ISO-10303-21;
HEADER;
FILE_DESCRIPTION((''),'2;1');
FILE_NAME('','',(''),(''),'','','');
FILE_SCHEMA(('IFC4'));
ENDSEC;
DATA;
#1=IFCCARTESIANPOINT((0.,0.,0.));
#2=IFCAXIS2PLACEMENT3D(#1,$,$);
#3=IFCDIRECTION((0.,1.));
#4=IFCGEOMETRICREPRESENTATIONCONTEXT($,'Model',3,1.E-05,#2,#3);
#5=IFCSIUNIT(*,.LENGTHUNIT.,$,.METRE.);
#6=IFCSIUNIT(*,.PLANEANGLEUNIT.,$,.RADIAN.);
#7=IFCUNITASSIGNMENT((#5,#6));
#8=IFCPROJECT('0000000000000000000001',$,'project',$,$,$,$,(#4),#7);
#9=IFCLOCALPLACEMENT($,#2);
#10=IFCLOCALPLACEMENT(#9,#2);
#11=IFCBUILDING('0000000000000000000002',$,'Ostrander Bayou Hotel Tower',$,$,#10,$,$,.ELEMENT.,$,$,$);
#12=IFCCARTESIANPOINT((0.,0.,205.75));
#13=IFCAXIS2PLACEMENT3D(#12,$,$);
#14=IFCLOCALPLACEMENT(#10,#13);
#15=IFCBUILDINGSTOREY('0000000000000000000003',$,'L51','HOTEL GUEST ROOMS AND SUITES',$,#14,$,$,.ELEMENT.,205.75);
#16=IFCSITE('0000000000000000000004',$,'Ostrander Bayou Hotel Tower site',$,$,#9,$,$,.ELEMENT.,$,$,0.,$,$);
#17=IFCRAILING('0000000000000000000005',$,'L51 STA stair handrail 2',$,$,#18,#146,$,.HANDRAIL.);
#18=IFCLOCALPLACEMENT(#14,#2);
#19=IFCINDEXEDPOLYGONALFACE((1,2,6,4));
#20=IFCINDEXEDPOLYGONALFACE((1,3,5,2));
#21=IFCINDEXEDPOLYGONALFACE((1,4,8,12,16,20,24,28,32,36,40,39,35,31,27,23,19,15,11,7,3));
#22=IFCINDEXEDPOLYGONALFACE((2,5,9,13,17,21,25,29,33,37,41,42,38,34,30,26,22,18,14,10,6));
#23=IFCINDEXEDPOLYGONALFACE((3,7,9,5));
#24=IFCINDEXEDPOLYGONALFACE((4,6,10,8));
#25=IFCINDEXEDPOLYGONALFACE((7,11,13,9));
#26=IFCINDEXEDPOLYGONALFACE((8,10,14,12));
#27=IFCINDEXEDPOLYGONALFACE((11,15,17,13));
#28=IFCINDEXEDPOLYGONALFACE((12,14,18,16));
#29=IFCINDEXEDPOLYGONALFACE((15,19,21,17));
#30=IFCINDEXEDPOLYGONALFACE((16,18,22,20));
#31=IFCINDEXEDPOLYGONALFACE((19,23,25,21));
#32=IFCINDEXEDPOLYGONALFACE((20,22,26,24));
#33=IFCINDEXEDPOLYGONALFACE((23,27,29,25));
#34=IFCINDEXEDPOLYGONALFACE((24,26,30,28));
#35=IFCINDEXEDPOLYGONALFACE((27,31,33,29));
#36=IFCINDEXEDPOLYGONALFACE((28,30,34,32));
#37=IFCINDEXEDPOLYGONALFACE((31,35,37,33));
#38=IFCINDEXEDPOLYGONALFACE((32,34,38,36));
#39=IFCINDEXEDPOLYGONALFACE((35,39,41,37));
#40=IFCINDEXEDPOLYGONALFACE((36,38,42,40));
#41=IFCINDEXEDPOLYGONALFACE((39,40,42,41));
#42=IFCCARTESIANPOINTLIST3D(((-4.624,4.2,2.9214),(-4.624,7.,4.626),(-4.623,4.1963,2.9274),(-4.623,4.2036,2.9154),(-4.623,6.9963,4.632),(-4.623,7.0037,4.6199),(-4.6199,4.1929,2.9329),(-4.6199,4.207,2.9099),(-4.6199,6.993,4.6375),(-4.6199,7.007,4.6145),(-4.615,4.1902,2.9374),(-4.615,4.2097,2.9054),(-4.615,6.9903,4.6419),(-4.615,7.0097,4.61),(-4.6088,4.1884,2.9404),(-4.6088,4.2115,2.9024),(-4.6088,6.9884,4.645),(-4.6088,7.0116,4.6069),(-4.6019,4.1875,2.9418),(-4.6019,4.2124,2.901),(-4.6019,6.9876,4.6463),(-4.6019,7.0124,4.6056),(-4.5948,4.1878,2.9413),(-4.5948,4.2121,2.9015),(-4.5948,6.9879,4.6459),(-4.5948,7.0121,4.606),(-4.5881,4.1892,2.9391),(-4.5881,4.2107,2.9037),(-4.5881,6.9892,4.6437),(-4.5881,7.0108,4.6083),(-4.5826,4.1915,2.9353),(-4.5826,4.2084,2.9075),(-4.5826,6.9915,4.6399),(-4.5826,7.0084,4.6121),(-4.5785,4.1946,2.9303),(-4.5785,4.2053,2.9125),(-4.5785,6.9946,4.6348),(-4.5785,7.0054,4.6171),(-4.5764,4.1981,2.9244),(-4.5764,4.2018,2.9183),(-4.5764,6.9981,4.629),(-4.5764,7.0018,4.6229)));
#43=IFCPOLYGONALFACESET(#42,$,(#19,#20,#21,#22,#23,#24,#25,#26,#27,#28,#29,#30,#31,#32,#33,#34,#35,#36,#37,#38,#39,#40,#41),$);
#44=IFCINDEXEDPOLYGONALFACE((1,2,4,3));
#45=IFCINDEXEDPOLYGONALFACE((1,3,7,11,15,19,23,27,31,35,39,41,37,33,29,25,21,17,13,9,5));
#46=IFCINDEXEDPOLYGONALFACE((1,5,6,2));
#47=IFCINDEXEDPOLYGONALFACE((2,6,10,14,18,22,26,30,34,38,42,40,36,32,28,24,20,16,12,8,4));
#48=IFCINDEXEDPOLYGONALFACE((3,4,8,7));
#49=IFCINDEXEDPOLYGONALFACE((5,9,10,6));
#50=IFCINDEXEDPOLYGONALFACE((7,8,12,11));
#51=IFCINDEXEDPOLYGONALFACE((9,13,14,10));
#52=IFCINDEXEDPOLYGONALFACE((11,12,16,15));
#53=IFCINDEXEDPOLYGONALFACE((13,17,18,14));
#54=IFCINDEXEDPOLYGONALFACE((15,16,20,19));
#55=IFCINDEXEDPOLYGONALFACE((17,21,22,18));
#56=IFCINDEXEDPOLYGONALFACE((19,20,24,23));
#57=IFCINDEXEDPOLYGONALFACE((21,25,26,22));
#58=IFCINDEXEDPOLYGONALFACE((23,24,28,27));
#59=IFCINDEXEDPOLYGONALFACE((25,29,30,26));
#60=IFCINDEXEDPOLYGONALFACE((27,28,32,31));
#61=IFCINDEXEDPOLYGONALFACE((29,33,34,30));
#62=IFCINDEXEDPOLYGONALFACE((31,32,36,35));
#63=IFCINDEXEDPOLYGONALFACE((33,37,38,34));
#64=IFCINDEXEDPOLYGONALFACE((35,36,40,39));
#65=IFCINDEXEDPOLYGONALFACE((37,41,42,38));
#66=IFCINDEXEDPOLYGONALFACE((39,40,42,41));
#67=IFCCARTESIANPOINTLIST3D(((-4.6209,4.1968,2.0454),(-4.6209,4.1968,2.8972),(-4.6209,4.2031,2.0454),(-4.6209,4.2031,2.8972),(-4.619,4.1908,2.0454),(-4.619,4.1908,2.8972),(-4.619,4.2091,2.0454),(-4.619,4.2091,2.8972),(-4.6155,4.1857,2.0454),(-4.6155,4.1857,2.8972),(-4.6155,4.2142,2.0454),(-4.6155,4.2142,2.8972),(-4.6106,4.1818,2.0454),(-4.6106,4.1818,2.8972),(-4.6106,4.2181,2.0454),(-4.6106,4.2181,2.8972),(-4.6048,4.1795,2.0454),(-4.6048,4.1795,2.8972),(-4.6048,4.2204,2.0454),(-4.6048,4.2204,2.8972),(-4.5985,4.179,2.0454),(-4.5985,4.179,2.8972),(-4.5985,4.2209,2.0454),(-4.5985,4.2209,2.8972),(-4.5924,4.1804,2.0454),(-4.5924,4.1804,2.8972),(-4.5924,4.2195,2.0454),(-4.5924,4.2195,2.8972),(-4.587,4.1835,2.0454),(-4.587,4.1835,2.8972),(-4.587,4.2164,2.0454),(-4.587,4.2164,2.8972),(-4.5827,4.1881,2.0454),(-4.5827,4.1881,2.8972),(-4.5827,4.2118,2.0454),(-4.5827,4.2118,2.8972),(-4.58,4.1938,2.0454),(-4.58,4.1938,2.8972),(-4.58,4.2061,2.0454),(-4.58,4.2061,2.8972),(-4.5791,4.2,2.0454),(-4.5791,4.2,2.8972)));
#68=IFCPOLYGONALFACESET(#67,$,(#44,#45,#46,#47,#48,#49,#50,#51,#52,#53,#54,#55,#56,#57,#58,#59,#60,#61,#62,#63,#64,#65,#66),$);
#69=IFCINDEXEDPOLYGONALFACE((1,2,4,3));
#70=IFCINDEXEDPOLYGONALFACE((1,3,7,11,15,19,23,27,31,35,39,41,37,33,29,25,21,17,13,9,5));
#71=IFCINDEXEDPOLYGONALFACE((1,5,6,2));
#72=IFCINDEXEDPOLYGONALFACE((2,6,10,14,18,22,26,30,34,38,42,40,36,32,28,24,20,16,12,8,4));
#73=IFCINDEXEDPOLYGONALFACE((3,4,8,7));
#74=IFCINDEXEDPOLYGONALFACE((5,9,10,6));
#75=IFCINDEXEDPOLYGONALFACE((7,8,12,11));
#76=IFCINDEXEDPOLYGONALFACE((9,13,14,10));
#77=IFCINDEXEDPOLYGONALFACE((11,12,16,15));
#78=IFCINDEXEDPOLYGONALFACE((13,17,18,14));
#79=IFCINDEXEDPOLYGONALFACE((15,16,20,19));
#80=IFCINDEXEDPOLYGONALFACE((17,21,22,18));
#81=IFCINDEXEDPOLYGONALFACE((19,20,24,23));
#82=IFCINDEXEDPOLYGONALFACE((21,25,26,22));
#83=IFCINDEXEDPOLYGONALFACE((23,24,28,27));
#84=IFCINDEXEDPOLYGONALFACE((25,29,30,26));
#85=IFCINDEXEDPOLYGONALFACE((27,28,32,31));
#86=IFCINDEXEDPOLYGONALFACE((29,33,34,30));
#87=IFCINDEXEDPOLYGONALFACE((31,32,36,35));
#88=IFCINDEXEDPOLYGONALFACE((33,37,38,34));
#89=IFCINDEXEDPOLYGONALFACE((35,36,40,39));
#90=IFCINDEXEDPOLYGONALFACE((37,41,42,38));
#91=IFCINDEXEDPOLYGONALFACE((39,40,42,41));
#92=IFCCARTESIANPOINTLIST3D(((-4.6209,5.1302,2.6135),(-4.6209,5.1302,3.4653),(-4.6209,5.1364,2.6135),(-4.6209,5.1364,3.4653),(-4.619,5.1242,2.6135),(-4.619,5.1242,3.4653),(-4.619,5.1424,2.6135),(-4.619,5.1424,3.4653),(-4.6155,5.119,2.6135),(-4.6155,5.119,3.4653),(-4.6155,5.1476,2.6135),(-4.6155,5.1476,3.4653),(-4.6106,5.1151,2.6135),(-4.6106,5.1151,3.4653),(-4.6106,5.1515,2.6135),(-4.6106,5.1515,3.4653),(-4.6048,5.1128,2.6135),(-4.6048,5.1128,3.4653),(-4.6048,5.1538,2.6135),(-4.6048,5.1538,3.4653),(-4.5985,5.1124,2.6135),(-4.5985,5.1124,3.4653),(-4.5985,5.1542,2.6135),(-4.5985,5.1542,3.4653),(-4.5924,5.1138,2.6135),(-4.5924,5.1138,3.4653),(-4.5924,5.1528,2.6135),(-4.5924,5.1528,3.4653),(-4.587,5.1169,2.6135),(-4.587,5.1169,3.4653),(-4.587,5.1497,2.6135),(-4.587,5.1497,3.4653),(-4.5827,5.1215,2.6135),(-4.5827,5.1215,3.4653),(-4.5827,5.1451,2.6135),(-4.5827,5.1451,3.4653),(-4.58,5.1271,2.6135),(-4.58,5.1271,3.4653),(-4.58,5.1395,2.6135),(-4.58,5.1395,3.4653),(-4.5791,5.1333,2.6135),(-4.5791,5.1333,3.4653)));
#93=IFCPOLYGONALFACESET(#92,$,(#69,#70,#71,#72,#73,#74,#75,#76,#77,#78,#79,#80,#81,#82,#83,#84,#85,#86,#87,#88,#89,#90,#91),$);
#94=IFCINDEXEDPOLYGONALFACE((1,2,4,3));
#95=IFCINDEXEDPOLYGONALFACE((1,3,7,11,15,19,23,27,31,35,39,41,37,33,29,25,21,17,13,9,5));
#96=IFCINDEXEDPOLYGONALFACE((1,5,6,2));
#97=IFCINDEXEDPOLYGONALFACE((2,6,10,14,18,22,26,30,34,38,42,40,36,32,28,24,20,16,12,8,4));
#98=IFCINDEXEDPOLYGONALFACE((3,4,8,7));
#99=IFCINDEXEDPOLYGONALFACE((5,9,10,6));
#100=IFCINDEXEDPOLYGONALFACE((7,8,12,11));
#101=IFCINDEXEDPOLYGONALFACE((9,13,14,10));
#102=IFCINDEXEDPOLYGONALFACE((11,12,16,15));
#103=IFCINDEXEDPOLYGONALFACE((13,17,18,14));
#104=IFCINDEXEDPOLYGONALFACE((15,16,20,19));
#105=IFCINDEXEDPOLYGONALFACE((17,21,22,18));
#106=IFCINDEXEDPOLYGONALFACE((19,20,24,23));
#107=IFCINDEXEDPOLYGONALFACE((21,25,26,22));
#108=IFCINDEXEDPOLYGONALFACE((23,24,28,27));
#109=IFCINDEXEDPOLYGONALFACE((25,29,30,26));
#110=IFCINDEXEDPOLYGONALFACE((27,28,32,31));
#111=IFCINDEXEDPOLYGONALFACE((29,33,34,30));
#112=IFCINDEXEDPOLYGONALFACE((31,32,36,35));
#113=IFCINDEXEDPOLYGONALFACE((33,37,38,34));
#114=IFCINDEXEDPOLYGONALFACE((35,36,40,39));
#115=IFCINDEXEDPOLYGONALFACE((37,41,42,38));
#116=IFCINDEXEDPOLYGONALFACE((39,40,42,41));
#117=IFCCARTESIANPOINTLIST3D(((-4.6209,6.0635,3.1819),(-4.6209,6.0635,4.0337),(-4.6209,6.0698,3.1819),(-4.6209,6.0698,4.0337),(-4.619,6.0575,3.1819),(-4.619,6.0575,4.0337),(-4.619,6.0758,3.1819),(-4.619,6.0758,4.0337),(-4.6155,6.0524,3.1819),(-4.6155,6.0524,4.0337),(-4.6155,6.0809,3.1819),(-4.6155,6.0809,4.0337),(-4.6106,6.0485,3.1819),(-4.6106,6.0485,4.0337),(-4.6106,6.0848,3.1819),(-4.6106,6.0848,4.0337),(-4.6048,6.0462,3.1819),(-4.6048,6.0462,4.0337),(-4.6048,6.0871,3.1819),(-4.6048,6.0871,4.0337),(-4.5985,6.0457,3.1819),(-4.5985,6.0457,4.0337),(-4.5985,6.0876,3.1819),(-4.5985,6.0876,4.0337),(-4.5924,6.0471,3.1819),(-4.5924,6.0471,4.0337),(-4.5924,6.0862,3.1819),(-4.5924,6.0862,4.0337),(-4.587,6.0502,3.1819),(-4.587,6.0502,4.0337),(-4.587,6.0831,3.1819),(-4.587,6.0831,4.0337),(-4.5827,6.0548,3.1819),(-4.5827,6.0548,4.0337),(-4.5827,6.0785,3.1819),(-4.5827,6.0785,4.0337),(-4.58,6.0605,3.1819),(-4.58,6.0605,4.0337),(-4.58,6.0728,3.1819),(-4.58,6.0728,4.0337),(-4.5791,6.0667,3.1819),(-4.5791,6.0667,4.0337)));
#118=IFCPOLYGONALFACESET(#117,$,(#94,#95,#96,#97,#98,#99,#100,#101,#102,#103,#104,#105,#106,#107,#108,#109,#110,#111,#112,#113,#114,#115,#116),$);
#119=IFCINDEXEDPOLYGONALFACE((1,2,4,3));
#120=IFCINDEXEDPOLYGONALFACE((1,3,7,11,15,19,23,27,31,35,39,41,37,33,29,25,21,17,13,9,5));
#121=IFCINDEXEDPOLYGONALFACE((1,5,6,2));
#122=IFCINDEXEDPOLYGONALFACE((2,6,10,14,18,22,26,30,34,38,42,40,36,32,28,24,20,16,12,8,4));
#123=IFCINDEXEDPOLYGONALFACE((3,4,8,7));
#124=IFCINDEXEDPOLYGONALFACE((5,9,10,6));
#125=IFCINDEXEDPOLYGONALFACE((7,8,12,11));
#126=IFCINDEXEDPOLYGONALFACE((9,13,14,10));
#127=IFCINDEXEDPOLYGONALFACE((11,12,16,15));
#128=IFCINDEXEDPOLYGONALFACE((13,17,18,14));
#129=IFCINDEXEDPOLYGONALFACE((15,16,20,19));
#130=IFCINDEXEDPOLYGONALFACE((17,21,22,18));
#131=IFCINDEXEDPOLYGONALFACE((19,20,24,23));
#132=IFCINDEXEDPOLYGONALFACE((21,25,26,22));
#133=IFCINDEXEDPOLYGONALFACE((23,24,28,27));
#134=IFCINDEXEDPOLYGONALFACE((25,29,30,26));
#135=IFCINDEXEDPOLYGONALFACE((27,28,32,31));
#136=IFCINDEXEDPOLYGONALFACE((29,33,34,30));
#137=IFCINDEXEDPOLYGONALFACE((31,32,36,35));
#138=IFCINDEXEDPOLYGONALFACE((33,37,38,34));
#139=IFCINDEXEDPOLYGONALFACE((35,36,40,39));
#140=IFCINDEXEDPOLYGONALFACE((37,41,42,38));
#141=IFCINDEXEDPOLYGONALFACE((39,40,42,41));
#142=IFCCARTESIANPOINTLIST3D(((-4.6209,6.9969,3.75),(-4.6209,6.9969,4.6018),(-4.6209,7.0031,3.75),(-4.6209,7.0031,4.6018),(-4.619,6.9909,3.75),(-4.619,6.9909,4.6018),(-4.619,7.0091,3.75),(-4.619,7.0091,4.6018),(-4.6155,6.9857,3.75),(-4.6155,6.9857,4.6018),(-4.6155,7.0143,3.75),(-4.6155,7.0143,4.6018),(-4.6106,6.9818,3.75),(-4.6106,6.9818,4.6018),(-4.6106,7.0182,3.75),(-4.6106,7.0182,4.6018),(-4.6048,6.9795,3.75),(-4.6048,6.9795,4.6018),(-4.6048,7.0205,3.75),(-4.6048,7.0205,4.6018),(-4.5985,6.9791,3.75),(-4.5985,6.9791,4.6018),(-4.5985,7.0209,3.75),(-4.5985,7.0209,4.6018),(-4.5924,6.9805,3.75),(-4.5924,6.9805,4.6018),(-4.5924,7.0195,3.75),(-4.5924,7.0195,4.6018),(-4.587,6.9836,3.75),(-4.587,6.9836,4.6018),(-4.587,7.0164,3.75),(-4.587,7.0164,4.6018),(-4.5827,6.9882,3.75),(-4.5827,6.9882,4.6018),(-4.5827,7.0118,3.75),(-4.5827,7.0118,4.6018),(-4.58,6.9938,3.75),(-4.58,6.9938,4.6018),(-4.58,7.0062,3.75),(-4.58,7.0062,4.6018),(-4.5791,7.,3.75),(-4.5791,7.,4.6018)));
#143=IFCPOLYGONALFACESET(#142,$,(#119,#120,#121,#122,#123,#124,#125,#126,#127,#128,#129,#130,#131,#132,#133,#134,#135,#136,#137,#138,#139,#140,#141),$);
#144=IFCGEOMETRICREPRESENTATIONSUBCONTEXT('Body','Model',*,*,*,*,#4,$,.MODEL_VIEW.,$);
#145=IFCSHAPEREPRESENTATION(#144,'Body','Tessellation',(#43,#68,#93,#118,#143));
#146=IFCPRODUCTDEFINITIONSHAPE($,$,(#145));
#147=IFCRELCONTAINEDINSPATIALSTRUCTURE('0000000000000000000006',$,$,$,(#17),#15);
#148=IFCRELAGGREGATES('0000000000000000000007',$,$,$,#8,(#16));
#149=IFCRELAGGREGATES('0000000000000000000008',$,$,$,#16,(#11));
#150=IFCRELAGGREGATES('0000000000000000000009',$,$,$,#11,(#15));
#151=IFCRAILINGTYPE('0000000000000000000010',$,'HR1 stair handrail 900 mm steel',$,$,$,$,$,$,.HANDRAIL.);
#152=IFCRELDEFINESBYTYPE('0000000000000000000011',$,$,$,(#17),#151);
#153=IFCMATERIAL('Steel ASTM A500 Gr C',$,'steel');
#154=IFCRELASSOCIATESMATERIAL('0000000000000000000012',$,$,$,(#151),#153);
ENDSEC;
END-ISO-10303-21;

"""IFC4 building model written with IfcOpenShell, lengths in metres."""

from ifc_helpers import new_model, si_unit, direction, frame, origin, origin_2d, place, context, subcontext, project, spatial, circle, extrude, material, type_object, element, save


model = new_model("IFC4")

# Units and contexts
model_context = context("Model", 3, precision=1e-05, world=origin(), true_north=direction((0.0, 1.0)))
body_context = subcontext(model_context, "Body", "Model", "MODEL_VIEW")
ifc_project = project(units=[si_unit("LENGTHUNIT", "METRE"), si_unit("PLANEANGLEUNIT", "RADIAN")], contexts=[model_context])

# Site, building, storey
site_placement = place(None, origin())
site = spatial("IfcSite", under=ifc_project, at=site_placement, Name="Ostrander Bayou Hotel Tower site", CompositionType="ELEMENT", RefElevation=0.0)
building_placement = place(site_placement, origin())
building = spatial("IfcBuilding", under=site, at=building_placement, Name="Ostrander Bayou Hotel Tower", CompositionType="ELEMENT")
storey_placement = place(building_placement, frame((0.0, 0.0, 205.75)))
storey = spatial("IfcBuildingStorey", under=building, at=storey_placement, Name="L51", Description="HOTEL GUEST ROOMS AND SUITES", CompositionType="ELEMENT", Elevation=205.75)

# Railing
ifc_material_1 = material(Name="Steel ASTM A500 Gr C", Category="steel")
railing_type_1 = type_object("IfcRailingType", Name="HR1 stair handrail 900 mm steel", PredefinedType="HANDRAIL", material=ifc_material_1)
railing_1_placement = place(storey_placement, frame((-4.6001, 4.2, 2.0454)))
element("IfcRailing", 1, at=railing_1_placement, inside=storey, type_object=railing_type_1, Name="L51 STA stair handrail 2", PredefinedType="HANDRAIL", context=body_context, shape_type="SweptSolid", body=[
    extrude(circle(Radius=0.0239, at=origin_2d()), frame((0.0, 0.0, 0.876), z_axis=(0.0, 0.85417, 0.519994), x_axis=(-1.0, 0.0, 0.0)), (0.0, 0.0, 1.0), 3.2781),
    extrude(circle(Radius=0.021, at=origin_2d()), origin(), (0.0, 0.0, 1.0), 0.8518),
    extrude(circle(Radius=0.021, at=origin_2d()), frame((0.0, 0.9333, 0.5681)), (0.0, 0.0, 1.0), 0.8518),
    extrude(circle(Radius=0.021, at=origin_2d()), frame((0.0, 1.8667, 1.1365)), (0.0, 0.0, 1.0), 0.8518),
    extrude(circle(Radius=0.021, at=origin_2d()), frame((0.0, 2.8, 1.7046)), (0.0, 0.0, 1.0), 0.8518),
])

save(model, "model.ifc")
